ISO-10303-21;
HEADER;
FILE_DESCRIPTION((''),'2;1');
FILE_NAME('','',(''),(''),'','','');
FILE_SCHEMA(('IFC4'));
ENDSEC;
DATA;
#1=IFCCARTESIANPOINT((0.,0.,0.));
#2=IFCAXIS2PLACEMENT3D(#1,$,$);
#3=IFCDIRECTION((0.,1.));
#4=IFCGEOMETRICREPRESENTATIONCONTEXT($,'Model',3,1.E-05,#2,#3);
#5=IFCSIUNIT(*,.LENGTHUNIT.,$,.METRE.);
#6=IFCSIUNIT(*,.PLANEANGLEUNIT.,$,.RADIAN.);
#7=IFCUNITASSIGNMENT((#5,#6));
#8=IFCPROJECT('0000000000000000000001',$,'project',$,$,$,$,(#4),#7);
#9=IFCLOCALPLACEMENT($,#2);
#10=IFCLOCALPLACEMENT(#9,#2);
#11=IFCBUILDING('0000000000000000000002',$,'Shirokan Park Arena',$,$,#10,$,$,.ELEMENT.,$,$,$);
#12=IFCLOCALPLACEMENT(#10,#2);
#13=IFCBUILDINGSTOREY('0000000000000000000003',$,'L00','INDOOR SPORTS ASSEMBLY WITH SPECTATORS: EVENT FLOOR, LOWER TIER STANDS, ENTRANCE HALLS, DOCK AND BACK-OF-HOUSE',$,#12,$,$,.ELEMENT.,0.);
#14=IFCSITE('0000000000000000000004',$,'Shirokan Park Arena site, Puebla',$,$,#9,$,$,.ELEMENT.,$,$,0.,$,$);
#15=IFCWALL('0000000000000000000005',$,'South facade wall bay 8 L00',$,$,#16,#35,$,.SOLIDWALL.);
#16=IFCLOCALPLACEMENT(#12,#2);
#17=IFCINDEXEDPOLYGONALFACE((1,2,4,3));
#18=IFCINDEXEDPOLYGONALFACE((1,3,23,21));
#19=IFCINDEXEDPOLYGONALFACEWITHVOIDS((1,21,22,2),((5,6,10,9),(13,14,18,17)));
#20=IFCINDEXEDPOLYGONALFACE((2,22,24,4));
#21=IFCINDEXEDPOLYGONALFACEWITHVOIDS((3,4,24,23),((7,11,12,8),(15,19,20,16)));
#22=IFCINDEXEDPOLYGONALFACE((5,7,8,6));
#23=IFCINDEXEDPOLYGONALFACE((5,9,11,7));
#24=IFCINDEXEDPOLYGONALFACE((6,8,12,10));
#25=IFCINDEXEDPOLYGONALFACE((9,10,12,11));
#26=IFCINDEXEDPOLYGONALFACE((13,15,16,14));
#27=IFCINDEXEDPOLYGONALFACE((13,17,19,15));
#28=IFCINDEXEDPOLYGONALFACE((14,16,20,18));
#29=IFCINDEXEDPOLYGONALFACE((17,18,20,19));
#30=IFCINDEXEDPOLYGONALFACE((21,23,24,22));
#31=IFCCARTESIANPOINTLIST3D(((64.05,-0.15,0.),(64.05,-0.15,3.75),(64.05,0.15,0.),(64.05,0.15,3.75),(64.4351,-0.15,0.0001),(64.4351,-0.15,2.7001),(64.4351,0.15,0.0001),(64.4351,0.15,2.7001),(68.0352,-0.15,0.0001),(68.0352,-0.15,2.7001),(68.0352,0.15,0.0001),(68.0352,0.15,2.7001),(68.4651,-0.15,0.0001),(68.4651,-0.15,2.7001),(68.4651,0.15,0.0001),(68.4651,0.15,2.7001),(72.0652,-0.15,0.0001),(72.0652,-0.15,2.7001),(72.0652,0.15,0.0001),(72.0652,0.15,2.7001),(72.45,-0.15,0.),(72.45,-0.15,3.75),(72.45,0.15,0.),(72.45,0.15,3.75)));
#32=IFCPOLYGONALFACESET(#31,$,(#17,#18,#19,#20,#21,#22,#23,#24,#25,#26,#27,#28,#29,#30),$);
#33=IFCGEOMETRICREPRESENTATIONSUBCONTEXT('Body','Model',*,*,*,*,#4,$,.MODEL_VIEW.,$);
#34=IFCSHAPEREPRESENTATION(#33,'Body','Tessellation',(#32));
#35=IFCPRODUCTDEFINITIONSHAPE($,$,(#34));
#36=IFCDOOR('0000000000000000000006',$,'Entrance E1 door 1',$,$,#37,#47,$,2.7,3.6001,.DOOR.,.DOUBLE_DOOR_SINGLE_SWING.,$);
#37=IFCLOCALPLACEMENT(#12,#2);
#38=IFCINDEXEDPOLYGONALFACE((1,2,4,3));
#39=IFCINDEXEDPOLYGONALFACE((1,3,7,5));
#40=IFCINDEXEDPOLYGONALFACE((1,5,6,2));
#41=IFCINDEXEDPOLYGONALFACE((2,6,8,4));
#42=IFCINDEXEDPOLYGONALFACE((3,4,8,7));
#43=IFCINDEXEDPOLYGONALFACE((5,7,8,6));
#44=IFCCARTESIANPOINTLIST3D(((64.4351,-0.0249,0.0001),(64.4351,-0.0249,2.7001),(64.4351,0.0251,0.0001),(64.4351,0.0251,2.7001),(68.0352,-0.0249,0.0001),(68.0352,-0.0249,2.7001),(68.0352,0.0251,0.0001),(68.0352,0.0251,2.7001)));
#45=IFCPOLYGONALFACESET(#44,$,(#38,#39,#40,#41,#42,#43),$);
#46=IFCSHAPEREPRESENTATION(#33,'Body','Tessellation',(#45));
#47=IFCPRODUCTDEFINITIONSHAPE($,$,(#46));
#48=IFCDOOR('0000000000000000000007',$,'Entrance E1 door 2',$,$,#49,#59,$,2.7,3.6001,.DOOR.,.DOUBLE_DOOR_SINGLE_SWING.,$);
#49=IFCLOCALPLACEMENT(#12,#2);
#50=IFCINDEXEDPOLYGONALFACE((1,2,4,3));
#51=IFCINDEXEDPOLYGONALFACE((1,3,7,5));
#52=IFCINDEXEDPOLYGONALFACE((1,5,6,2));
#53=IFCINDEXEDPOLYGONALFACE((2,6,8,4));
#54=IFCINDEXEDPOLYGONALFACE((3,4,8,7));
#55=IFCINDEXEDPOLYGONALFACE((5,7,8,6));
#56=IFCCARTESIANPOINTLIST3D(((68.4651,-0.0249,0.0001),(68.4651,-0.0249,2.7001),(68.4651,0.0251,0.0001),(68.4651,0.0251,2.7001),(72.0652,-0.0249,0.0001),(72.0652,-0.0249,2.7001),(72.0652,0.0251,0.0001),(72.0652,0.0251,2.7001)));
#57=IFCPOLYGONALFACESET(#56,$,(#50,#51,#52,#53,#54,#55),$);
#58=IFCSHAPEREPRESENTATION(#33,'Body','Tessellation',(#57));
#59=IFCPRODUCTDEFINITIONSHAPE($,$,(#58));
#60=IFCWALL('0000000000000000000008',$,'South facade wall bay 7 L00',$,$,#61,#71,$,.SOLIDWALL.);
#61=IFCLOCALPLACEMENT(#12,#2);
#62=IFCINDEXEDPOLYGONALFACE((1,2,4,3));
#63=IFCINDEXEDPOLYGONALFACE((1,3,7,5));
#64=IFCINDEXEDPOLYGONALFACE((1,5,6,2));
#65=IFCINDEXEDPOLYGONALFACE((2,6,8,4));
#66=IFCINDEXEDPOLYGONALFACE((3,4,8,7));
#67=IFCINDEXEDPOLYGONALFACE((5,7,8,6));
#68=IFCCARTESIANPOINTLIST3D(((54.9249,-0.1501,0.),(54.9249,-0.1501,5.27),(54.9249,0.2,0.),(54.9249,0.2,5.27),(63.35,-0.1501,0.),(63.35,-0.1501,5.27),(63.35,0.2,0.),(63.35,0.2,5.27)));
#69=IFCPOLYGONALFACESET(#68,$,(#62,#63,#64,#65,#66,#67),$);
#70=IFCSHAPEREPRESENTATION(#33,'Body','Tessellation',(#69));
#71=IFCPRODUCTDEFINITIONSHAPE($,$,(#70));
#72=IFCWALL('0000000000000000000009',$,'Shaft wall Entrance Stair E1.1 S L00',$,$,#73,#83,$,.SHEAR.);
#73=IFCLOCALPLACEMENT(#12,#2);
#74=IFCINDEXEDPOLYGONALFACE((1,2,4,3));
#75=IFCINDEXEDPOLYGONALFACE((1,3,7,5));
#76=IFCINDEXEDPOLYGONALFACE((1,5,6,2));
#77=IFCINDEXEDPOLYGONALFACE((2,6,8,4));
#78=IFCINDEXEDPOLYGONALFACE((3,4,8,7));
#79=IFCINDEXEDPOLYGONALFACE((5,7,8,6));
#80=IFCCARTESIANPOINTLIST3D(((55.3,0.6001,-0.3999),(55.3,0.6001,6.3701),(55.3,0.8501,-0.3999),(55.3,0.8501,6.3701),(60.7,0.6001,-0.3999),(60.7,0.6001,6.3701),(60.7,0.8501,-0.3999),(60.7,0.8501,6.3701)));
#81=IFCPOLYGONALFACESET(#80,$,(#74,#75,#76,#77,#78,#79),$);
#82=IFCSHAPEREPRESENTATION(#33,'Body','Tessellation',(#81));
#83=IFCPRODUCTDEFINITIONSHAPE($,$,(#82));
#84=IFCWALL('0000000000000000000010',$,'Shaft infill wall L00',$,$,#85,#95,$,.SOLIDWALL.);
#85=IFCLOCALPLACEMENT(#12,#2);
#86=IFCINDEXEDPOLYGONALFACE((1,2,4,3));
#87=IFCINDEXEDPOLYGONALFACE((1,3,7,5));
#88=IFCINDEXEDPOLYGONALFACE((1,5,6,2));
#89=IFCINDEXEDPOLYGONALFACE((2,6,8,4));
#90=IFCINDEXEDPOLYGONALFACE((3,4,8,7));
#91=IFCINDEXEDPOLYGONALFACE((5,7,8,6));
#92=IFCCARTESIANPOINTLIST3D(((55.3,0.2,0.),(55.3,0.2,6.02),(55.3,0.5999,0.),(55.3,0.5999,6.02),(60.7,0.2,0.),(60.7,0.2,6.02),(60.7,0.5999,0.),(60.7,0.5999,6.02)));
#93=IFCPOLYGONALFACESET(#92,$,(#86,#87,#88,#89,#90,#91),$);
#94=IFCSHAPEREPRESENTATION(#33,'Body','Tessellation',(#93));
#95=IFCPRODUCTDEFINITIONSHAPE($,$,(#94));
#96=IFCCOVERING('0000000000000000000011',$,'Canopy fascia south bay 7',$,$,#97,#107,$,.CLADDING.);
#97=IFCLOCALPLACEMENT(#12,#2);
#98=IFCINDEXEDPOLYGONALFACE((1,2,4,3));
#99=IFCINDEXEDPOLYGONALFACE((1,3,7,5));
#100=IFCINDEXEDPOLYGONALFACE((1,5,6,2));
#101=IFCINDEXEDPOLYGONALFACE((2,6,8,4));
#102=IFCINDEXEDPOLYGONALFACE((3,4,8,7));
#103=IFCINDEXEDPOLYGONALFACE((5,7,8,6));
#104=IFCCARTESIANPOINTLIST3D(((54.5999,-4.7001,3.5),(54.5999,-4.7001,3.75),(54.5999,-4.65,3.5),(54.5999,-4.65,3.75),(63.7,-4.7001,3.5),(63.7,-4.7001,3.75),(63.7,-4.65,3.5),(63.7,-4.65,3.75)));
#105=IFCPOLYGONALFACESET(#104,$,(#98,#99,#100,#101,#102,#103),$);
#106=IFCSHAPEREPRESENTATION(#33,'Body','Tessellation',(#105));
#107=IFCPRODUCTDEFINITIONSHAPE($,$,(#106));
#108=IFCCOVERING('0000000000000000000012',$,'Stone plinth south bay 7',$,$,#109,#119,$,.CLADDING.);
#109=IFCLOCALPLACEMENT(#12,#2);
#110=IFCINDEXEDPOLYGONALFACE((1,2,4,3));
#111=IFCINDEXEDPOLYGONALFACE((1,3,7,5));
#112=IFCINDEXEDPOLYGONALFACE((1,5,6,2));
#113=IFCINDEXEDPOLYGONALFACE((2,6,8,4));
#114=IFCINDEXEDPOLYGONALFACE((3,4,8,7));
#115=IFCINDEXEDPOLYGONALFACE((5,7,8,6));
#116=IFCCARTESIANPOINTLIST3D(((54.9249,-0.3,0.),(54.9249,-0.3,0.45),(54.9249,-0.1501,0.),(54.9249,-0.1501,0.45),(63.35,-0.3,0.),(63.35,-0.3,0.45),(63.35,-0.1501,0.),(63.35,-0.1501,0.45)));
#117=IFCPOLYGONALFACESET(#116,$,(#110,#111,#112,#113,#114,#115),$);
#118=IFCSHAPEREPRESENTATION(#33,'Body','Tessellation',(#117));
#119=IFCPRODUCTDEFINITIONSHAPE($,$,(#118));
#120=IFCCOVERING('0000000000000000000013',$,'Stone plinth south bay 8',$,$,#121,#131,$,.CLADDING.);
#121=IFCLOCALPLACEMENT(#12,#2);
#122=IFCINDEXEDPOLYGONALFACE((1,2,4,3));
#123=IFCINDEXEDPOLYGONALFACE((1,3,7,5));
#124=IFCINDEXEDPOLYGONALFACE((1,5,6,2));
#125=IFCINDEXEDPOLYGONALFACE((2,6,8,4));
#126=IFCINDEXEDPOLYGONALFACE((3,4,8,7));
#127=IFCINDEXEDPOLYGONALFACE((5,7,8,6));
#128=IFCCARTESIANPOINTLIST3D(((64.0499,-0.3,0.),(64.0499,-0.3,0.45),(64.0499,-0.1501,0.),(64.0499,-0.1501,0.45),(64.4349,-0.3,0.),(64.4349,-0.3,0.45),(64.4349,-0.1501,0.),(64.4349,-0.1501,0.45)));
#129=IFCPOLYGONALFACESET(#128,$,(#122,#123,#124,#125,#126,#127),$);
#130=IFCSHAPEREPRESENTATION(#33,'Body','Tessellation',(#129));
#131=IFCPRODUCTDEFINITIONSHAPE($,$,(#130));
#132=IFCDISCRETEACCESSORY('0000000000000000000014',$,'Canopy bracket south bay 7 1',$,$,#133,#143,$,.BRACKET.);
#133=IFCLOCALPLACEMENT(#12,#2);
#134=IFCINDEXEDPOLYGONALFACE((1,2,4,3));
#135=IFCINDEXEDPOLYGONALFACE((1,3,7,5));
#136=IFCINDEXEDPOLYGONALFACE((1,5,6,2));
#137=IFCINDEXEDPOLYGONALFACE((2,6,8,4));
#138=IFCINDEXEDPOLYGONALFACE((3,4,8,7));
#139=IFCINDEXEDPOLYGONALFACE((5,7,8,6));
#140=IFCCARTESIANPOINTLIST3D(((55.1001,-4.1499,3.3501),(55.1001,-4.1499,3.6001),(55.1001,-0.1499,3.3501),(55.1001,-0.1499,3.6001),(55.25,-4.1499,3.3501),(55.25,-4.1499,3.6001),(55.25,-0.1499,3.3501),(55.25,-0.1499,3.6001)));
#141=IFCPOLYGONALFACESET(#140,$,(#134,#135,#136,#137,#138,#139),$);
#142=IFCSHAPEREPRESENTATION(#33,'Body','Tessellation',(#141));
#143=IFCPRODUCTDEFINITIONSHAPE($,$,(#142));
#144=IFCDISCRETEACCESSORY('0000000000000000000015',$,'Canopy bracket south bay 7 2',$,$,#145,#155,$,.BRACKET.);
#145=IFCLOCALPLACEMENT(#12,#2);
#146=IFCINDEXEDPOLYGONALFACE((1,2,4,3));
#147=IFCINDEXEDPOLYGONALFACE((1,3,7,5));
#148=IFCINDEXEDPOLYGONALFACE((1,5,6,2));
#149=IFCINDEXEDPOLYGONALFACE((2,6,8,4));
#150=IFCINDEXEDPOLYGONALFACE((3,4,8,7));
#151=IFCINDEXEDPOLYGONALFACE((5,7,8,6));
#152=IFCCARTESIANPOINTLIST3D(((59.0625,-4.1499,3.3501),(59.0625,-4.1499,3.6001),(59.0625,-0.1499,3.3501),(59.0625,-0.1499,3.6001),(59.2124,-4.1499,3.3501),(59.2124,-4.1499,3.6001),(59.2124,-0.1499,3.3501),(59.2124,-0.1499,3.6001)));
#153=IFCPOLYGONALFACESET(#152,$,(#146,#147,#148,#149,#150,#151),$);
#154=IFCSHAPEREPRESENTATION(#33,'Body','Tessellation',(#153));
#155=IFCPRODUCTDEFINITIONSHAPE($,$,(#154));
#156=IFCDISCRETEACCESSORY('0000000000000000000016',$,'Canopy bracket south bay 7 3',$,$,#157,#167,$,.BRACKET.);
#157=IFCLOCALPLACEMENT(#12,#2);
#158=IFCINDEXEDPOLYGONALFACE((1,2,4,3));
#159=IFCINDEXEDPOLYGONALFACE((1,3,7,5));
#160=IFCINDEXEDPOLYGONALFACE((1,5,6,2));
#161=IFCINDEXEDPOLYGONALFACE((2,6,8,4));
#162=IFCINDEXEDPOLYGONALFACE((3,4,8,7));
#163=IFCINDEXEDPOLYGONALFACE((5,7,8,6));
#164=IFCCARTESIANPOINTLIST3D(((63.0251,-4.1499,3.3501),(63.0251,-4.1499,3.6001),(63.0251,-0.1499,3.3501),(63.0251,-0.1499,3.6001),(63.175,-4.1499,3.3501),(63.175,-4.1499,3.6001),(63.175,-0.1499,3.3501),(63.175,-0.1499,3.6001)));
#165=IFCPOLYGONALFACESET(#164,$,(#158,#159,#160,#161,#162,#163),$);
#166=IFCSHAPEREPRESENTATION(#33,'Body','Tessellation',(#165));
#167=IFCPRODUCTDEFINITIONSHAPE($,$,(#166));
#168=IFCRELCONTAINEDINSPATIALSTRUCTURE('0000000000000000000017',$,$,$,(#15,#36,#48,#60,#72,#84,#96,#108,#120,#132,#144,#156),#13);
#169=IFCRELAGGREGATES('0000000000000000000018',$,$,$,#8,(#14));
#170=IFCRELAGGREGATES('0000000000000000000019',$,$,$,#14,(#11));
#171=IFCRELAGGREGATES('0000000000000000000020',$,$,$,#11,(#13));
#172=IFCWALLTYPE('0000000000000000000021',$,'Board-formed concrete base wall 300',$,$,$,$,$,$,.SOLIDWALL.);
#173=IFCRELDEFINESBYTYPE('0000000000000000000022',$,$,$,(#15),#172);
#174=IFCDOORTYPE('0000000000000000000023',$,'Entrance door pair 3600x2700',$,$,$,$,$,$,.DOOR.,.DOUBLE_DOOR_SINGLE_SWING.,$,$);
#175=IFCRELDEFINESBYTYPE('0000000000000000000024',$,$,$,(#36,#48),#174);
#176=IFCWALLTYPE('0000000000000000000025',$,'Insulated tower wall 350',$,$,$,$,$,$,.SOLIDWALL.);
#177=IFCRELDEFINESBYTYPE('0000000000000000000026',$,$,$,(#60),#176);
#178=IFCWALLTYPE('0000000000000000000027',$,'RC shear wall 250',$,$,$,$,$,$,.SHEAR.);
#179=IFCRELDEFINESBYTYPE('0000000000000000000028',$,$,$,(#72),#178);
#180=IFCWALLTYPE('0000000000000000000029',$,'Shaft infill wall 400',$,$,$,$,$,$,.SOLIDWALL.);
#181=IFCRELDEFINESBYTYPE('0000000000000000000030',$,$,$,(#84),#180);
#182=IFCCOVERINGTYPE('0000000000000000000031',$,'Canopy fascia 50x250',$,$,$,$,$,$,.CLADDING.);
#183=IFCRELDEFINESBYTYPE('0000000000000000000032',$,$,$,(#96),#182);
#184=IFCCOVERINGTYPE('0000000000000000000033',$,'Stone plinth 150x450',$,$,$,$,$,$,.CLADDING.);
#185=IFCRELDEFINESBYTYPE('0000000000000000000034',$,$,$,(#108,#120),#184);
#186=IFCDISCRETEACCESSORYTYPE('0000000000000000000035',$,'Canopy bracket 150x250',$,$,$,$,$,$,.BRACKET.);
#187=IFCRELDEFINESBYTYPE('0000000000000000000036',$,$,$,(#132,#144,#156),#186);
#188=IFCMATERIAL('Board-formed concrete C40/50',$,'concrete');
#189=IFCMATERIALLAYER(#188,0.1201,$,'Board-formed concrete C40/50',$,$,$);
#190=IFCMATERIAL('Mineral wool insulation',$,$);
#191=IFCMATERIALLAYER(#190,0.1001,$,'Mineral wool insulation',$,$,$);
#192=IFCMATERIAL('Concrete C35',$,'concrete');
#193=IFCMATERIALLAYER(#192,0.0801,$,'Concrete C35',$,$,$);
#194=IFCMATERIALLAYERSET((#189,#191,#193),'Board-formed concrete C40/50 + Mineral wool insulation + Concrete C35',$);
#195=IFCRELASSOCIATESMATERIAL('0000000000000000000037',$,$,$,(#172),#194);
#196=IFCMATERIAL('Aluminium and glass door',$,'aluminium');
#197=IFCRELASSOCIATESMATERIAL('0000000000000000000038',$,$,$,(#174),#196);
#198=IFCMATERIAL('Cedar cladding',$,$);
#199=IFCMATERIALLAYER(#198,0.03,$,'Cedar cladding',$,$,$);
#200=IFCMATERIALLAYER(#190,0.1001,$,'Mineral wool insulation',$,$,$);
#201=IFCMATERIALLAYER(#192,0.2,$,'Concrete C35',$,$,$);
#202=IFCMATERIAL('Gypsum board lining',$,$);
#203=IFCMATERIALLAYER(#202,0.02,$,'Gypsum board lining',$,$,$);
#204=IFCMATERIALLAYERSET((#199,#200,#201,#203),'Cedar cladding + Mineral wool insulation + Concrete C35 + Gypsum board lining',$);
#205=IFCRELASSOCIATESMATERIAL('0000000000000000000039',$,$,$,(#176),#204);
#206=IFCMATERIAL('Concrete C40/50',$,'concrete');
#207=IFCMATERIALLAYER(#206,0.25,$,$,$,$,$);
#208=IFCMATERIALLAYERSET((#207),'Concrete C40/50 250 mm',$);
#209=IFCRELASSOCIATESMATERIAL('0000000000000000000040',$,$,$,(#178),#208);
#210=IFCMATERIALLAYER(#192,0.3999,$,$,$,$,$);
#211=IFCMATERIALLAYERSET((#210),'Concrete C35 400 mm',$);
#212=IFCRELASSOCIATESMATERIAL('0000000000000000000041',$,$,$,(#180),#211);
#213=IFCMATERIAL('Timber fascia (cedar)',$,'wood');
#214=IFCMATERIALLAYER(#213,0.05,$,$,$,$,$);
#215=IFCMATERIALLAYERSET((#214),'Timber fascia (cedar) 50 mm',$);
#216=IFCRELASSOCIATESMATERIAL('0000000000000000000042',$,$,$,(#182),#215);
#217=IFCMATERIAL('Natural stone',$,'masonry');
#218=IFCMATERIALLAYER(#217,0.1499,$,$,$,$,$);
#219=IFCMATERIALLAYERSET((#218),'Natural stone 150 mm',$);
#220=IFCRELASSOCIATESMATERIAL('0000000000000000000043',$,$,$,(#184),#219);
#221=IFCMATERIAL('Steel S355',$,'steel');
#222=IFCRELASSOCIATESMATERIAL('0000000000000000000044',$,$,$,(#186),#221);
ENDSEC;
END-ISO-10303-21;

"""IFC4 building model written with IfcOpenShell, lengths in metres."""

from ifc_helpers import new_model, si_unit, direction, frame, frame_2d, origin, origin_2d, place, context, subcontext, project, spatial, rectangle, extrude, material, layer, layer_set, type_object, element, fill, save


model = new_model("IFC4")

# Units and contexts
model_context = context("Model", 3, precision=1e-05, world=origin(), true_north=direction((0.0, 1.0)))
body_context = subcontext(model_context, "Body", "Model", "MODEL_VIEW")
ifc_project = project(units=[si_unit("LENGTHUNIT", "METRE"), si_unit("PLANEANGLEUNIT", "RADIAN")], contexts=[model_context])

# Site, building, storey
site_placement = place(None, origin())
site = spatial("IfcSite", under=ifc_project, at=site_placement, Name="Shirokan Park Arena site, Puebla", CompositionType="ELEMENT", RefElevation=0.0)
building_placement = place(site_placement, origin())
building = spatial("IfcBuilding", under=site, at=building_placement, Name="Shirokan Park Arena", CompositionType="ELEMENT")
storey_placement = place(building_placement, origin())
storey = spatial("IfcBuildingStorey", under=building, at=storey_placement, Name="L00", Description="INDOOR SPORTS ASSEMBLY WITH SPECTATORS: EVENT FLOOR, LOWER TIER STANDS, ENTRANCE HALLS, DOCK AND BACK-OF-HOUSE", CompositionType="ELEMENT", Elevation=0.0)

# Shared definitions
ifc_material_1 = material(Name="Concrete C35", Category="concrete")
ifc_material_2 = material(Name="Steel S355", Category="steel")

# Wall, openings, doors
ifc_material_3 = material(Name="Board-formed concrete C40/50", Category="concrete")
ifc_layer_1 = layer(ifc_material_3, 0.1201, Name="Board-formed concrete C40/50")
ifc_material_4 = material(Name="Mineral wool insulation")
ifc_layer_2 = layer(ifc_material_4, 0.1001, Name="Mineral wool insulation")
ifc_layer_3 = layer(ifc_material_1, 0.0801, Name="Concrete C35")
ifc_layer_set_1 = layer_set([ifc_layer_1, ifc_layer_2, ifc_layer_3], Name="Board-formed concrete C40/50 + Mineral wool insulation + Concrete C35")
wall_type_1 = type_object("IfcWallType", Name="Board-formed concrete base wall 300", PredefinedType="SOLIDWALL", material=ifc_layer_set_1)
wall_1_placement = place(storey_placement, frame((64.05, 0.0, 0.0), z_axis=(0.0, 0.0, 1.0), x_axis=(1.0, 0.0, 0.0)))
wall_1 = element("IfcWall", 1, at=wall_1_placement, inside=storey, type_object=wall_type_1, Name="South facade wall bay 8 L00", PredefinedType="SOLIDWALL", context=body_context, shape_type="SweptSolid", body=[
    extrude(rectangle(XDim=8.3999, YDim=0.3, at=frame_2d((4.2, 0.0))), origin(), (0.0, 0.0, 1.0), 3.75),
])
opening_1_placement = place(wall_1_placement, frame((0.385, 0.0, 0.0)))
opening_1 = element("IfcOpeningElement", 2, at=opening_1_placement, cuts=wall_1, PredefinedType="OPENING", context=body_context, shape_type="SweptSolid", body=[
    extrude(rectangle(XDim=3.6001, YDim=2.7, at=frame_2d((1.8, 1.3501))), frame((0.0, 0.1599, 0.0), z_axis=(0.0, -1.0, 0.0), x_axis=(1.0, 0.0, 0.0)), (0.0, 0.0, 1.0), 0.3201),
])
opening_2_placement = place(wall_1_placement, frame((4.415, 0.0, 0.0)))
opening_2 = element("IfcOpeningElement", 3, at=opening_2_placement, cuts=wall_1, PredefinedType="OPENING", context=body_context, shape_type="SweptSolid", body=[
    extrude(rectangle(XDim=3.6001, YDim=2.7, at=frame_2d((1.8, 1.3501))), frame((0.0, 0.1599, 0.0), z_axis=(0.0, -1.0, 0.0), x_axis=(1.0, 0.0, 0.0)), (0.0, 0.0, 1.0), 0.3201),
])
ifc_material_5 = material(Name="Aluminium and glass door", Category="aluminium")
door_type = type_object("IfcDoorType", Name="Entrance door pair 3600x2700", OperationType="DOUBLE_DOOR_SINGLE_SWING", PredefinedType="DOOR", material=ifc_material_5)
door_1_placement = place(opening_1_placement, frame((3.6001, 0.0, 0.0), z_axis=(0.0, 0.0, 1.0), x_axis=(-1.0, 0.0, 0.0)))
door_1 = element("IfcDoor", 4, at=door_1_placement, inside=storey, type_object=door_type, Name="Entrance E1 door 1", OperationType="DOUBLE_DOOR_SINGLE_SWING", OverallHeight=2.7, OverallWidth=3.6001, PredefinedType="DOOR", context=body_context, shape_type="SweptSolid", body=[
    extrude(rectangle(XDim=3.6001, YDim=2.7, at=frame_2d((1.8, 1.3501))), frame((0.0, 0.0249, 0.0), z_axis=(0.0, -1.0, 0.0), x_axis=(1.0, 0.0, 0.0)), (0.0, 0.0, 1.0), 0.05),
])
fill(opening_1, door_1)
door_2_placement = place(opening_2_placement, frame((3.6001, 0.0, 0.0), z_axis=(0.0, 0.0, 1.0), x_axis=(-1.0, 0.0, 0.0)))
door_2 = element("IfcDoor", 5, at=door_2_placement, inside=storey, type_object=door_type, Name="Entrance E1 door 2", OperationType="DOUBLE_DOOR_SINGLE_SWING", OverallHeight=2.7, OverallWidth=3.6001, PredefinedType="DOOR", context=body_context, shape_type="SweptSolid", body=[
    extrude(rectangle(XDim=3.6001, YDim=2.7, at=frame_2d((1.8, 1.3501))), frame((0.0, 0.0249, 0.0), z_axis=(0.0, -1.0, 0.0), x_axis=(1.0, 0.0, 0.0)), (0.0, 0.0, 1.0), 0.05),
])
fill(opening_2, door_2)

# Walls
ifc_material_6 = material(Name="Cedar cladding")
ifc_layer_4 = layer(ifc_material_6, 0.03, Name="Cedar cladding")
ifc_layer_5 = layer(ifc_material_4, 0.1001, Name="Mineral wool insulation")
ifc_layer_6 = layer(ifc_material_1, 0.2, Name="Concrete C35")
ifc_material_7 = material(Name="Gypsum board lining")
ifc_layer_7 = layer(ifc_material_7, 0.02, Name="Gypsum board lining")
ifc_layer_set_2 = layer_set([ifc_layer_4, ifc_layer_5, ifc_layer_6, ifc_layer_7], Name="Cedar cladding + Mineral wool insulation + Concrete C35 + Gypsum board lining")
wall_type_2 = type_object("IfcWallType", Name="Insulated tower wall 350", PredefinedType="SOLIDWALL", material=ifc_layer_set_2)
wall_2_placement = place(storey_placement, frame((54.925, 0.0249, 0.0), z_axis=(0.0, 0.0, 1.0), x_axis=(1.0, 0.0, 0.0)))
element("IfcWall", 6, at=wall_2_placement, inside=storey, type_object=wall_type_2, Name="South facade wall bay 7 L00", PredefinedType="SOLIDWALL", context=body_context, shape_type="SweptSolid", body=[
    extrude(rectangle(XDim=8.425, YDim=0.3501, at=frame_2d((4.2124, 0.0))), origin(), (0.0, 0.0, 1.0), 5.27),
])
ifc_material_8 = material(Name="Concrete C40/50", Category="concrete")
ifc_layer_8 = layer(ifc_material_8, 0.25)
ifc_layer_set_3 = layer_set([ifc_layer_8], Name="Concrete C40/50 250 mm")
wall_type_3 = type_object("IfcWallType", Name="RC shear wall 250", PredefinedType="SHEAR", material=ifc_layer_set_3)
wall_3_placement = place(storey_placement, frame((60.7, 0.7251, -0.3999), z_axis=(0.0, 0.0, 1.0), x_axis=(-1.0, 0.0, 0.0)))
element("IfcWall", 7, at=wall_3_placement, inside=storey, type_object=wall_type_3, Name="Shaft wall Entrance Stair E1.1 S L00", PredefinedType="SHEAR", context=body_context, shape_type="SweptSolid", body=[
    extrude(rectangle(XDim=5.3999, YDim=0.25, at=frame_2d((2.7, 0.0))), origin(), (0.0, 0.0, 1.0), 6.77),
])
ifc_layer_9 = layer(ifc_material_1, 0.3999)
ifc_layer_set_4 = layer_set([ifc_layer_9], Name="Concrete C35 400 mm")
wall_type_4 = type_object("IfcWallType", Name="Shaft infill wall 400", PredefinedType="SOLIDWALL", material=ifc_layer_set_4)
wall_4_placement = place(storey_placement, frame((55.3, 0.3999, 0.0), z_axis=(0.0, 0.0, 1.0), x_axis=(1.0, 0.0, 0.0)))
element("IfcWall", 8, at=wall_4_placement, inside=storey, type_object=wall_type_4, Name="Shaft infill wall L00", PredefinedType="SOLIDWALL", context=body_context, shape_type="SweptSolid", body=[
    extrude(rectangle(XDim=5.3999, YDim=0.3999, at=frame_2d((2.7, 0.0))), origin(), (0.0, 0.0, 1.0), 6.02),
])

# Coverings
ifc_material_9 = material(Name="Timber fascia (cedar)", Category="wood")
ifc_layer_10 = layer(ifc_material_9, 0.05)
ifc_layer_set_5 = layer_set([ifc_layer_10], Name="Timber fascia (cedar) 50 mm")
covering_type_1 = type_object("IfcCoveringType", Name="Canopy fascia 50x250", PredefinedType="CLADDING", material=ifc_layer_set_5)
covering_1_placement = place(storey_placement, frame((59.1499, -4.675, 3.5), z_axis=(0.0, 0.0, 1.0), x_axis=(1.0, 0.0, 0.0)))
element("IfcCovering", 9, at=covering_1_placement, inside=storey, type_object=covering_type_1, Name="Canopy fascia south bay 7", PredefinedType="CLADDING", context=body_context, shape_type="SweptSolid", body=[
    extrude(rectangle(XDim=9.1001, YDim=0.05, at=origin_2d()), origin(), (0.0, 0.0, 1.0), 0.25),
])
ifc_material_10 = material(Name="Natural stone", Category="masonry")
ifc_layer_11 = layer(ifc_material_10, 0.1499)
ifc_layer_set_6 = layer_set([ifc_layer_11], Name="Natural stone 150 mm")
covering_type_2 = type_object("IfcCoveringType", Name="Stone plinth 150x450", PredefinedType="CLADDING", material=ifc_layer_set_6)
covering_2_placement = place(storey_placement, frame((59.1375, -0.2251, 0.0), z_axis=(0.0, 0.0, 1.0), x_axis=(1.0, 0.0, 0.0)))
element("IfcCovering", 10, at=covering_2_placement, inside=storey, type_object=covering_type_2, Name="Stone plinth south bay 7", PredefinedType="CLADDING", context=body_context, shape_type="SweptSolid", body=[
    extrude(rectangle(XDim=8.425, YDim=0.1499, at=origin_2d()), origin(), (0.0, 0.0, 1.0), 0.45),
])
covering_3_placement = place(storey_placement, frame((64.2424, -0.2251, 0.0), z_axis=(0.0, 0.0, 1.0), x_axis=(1.0, 0.0, 0.0)))
element("IfcCovering", 11, at=covering_3_placement, inside=storey, type_object=covering_type_2, Name="Stone plinth south bay 8", PredefinedType="CLADDING", context=body_context, shape_type="SweptSolid", body=[
    extrude(rectangle(XDim=0.385, YDim=0.1499, at=origin_2d()), origin(), (0.0, 0.0, 1.0), 0.45),
])

# Discrete accessories
discrete_accessory_type = type_object("IfcDiscreteAccessoryType", Name="Canopy bracket 150x250", PredefinedType="BRACKET", material=ifc_material_2)
for number, where, z_axis, x_axis, name in (
    (12, (55.175, -2.1499, 3.3501), (0.0, 0.0, 1.0), (1.0, 0.0, 0.0), "Canopy bracket south bay 7 1"),
    (13, (59.1375, -2.1499, 3.3501), (0.0, 0.0, 1.0), (1.0, 0.0, 0.0), "Canopy bracket south bay 7 2"),
    (14, (63.1001, -2.1499, 3.3501), (0.0, 0.0, 1.0), (1.0, 0.0, 0.0), "Canopy bracket south bay 7 3"),
):
    element("IfcDiscreteAccessory", number, at=place(storey_placement, frame(where, z_axis=z_axis, x_axis=x_axis)), inside=storey, type_object=discrete_accessory_type, Name=name, PredefinedType="BRACKET", context=body_context, shape_type="SweptSolid", body=[
        extrude(rectangle(XDim=0.1499, YDim=4.0, at=origin_2d()), origin(), (0.0, 0.0, 1.0), 0.25),
    ])

save(model, "model.ifc")
